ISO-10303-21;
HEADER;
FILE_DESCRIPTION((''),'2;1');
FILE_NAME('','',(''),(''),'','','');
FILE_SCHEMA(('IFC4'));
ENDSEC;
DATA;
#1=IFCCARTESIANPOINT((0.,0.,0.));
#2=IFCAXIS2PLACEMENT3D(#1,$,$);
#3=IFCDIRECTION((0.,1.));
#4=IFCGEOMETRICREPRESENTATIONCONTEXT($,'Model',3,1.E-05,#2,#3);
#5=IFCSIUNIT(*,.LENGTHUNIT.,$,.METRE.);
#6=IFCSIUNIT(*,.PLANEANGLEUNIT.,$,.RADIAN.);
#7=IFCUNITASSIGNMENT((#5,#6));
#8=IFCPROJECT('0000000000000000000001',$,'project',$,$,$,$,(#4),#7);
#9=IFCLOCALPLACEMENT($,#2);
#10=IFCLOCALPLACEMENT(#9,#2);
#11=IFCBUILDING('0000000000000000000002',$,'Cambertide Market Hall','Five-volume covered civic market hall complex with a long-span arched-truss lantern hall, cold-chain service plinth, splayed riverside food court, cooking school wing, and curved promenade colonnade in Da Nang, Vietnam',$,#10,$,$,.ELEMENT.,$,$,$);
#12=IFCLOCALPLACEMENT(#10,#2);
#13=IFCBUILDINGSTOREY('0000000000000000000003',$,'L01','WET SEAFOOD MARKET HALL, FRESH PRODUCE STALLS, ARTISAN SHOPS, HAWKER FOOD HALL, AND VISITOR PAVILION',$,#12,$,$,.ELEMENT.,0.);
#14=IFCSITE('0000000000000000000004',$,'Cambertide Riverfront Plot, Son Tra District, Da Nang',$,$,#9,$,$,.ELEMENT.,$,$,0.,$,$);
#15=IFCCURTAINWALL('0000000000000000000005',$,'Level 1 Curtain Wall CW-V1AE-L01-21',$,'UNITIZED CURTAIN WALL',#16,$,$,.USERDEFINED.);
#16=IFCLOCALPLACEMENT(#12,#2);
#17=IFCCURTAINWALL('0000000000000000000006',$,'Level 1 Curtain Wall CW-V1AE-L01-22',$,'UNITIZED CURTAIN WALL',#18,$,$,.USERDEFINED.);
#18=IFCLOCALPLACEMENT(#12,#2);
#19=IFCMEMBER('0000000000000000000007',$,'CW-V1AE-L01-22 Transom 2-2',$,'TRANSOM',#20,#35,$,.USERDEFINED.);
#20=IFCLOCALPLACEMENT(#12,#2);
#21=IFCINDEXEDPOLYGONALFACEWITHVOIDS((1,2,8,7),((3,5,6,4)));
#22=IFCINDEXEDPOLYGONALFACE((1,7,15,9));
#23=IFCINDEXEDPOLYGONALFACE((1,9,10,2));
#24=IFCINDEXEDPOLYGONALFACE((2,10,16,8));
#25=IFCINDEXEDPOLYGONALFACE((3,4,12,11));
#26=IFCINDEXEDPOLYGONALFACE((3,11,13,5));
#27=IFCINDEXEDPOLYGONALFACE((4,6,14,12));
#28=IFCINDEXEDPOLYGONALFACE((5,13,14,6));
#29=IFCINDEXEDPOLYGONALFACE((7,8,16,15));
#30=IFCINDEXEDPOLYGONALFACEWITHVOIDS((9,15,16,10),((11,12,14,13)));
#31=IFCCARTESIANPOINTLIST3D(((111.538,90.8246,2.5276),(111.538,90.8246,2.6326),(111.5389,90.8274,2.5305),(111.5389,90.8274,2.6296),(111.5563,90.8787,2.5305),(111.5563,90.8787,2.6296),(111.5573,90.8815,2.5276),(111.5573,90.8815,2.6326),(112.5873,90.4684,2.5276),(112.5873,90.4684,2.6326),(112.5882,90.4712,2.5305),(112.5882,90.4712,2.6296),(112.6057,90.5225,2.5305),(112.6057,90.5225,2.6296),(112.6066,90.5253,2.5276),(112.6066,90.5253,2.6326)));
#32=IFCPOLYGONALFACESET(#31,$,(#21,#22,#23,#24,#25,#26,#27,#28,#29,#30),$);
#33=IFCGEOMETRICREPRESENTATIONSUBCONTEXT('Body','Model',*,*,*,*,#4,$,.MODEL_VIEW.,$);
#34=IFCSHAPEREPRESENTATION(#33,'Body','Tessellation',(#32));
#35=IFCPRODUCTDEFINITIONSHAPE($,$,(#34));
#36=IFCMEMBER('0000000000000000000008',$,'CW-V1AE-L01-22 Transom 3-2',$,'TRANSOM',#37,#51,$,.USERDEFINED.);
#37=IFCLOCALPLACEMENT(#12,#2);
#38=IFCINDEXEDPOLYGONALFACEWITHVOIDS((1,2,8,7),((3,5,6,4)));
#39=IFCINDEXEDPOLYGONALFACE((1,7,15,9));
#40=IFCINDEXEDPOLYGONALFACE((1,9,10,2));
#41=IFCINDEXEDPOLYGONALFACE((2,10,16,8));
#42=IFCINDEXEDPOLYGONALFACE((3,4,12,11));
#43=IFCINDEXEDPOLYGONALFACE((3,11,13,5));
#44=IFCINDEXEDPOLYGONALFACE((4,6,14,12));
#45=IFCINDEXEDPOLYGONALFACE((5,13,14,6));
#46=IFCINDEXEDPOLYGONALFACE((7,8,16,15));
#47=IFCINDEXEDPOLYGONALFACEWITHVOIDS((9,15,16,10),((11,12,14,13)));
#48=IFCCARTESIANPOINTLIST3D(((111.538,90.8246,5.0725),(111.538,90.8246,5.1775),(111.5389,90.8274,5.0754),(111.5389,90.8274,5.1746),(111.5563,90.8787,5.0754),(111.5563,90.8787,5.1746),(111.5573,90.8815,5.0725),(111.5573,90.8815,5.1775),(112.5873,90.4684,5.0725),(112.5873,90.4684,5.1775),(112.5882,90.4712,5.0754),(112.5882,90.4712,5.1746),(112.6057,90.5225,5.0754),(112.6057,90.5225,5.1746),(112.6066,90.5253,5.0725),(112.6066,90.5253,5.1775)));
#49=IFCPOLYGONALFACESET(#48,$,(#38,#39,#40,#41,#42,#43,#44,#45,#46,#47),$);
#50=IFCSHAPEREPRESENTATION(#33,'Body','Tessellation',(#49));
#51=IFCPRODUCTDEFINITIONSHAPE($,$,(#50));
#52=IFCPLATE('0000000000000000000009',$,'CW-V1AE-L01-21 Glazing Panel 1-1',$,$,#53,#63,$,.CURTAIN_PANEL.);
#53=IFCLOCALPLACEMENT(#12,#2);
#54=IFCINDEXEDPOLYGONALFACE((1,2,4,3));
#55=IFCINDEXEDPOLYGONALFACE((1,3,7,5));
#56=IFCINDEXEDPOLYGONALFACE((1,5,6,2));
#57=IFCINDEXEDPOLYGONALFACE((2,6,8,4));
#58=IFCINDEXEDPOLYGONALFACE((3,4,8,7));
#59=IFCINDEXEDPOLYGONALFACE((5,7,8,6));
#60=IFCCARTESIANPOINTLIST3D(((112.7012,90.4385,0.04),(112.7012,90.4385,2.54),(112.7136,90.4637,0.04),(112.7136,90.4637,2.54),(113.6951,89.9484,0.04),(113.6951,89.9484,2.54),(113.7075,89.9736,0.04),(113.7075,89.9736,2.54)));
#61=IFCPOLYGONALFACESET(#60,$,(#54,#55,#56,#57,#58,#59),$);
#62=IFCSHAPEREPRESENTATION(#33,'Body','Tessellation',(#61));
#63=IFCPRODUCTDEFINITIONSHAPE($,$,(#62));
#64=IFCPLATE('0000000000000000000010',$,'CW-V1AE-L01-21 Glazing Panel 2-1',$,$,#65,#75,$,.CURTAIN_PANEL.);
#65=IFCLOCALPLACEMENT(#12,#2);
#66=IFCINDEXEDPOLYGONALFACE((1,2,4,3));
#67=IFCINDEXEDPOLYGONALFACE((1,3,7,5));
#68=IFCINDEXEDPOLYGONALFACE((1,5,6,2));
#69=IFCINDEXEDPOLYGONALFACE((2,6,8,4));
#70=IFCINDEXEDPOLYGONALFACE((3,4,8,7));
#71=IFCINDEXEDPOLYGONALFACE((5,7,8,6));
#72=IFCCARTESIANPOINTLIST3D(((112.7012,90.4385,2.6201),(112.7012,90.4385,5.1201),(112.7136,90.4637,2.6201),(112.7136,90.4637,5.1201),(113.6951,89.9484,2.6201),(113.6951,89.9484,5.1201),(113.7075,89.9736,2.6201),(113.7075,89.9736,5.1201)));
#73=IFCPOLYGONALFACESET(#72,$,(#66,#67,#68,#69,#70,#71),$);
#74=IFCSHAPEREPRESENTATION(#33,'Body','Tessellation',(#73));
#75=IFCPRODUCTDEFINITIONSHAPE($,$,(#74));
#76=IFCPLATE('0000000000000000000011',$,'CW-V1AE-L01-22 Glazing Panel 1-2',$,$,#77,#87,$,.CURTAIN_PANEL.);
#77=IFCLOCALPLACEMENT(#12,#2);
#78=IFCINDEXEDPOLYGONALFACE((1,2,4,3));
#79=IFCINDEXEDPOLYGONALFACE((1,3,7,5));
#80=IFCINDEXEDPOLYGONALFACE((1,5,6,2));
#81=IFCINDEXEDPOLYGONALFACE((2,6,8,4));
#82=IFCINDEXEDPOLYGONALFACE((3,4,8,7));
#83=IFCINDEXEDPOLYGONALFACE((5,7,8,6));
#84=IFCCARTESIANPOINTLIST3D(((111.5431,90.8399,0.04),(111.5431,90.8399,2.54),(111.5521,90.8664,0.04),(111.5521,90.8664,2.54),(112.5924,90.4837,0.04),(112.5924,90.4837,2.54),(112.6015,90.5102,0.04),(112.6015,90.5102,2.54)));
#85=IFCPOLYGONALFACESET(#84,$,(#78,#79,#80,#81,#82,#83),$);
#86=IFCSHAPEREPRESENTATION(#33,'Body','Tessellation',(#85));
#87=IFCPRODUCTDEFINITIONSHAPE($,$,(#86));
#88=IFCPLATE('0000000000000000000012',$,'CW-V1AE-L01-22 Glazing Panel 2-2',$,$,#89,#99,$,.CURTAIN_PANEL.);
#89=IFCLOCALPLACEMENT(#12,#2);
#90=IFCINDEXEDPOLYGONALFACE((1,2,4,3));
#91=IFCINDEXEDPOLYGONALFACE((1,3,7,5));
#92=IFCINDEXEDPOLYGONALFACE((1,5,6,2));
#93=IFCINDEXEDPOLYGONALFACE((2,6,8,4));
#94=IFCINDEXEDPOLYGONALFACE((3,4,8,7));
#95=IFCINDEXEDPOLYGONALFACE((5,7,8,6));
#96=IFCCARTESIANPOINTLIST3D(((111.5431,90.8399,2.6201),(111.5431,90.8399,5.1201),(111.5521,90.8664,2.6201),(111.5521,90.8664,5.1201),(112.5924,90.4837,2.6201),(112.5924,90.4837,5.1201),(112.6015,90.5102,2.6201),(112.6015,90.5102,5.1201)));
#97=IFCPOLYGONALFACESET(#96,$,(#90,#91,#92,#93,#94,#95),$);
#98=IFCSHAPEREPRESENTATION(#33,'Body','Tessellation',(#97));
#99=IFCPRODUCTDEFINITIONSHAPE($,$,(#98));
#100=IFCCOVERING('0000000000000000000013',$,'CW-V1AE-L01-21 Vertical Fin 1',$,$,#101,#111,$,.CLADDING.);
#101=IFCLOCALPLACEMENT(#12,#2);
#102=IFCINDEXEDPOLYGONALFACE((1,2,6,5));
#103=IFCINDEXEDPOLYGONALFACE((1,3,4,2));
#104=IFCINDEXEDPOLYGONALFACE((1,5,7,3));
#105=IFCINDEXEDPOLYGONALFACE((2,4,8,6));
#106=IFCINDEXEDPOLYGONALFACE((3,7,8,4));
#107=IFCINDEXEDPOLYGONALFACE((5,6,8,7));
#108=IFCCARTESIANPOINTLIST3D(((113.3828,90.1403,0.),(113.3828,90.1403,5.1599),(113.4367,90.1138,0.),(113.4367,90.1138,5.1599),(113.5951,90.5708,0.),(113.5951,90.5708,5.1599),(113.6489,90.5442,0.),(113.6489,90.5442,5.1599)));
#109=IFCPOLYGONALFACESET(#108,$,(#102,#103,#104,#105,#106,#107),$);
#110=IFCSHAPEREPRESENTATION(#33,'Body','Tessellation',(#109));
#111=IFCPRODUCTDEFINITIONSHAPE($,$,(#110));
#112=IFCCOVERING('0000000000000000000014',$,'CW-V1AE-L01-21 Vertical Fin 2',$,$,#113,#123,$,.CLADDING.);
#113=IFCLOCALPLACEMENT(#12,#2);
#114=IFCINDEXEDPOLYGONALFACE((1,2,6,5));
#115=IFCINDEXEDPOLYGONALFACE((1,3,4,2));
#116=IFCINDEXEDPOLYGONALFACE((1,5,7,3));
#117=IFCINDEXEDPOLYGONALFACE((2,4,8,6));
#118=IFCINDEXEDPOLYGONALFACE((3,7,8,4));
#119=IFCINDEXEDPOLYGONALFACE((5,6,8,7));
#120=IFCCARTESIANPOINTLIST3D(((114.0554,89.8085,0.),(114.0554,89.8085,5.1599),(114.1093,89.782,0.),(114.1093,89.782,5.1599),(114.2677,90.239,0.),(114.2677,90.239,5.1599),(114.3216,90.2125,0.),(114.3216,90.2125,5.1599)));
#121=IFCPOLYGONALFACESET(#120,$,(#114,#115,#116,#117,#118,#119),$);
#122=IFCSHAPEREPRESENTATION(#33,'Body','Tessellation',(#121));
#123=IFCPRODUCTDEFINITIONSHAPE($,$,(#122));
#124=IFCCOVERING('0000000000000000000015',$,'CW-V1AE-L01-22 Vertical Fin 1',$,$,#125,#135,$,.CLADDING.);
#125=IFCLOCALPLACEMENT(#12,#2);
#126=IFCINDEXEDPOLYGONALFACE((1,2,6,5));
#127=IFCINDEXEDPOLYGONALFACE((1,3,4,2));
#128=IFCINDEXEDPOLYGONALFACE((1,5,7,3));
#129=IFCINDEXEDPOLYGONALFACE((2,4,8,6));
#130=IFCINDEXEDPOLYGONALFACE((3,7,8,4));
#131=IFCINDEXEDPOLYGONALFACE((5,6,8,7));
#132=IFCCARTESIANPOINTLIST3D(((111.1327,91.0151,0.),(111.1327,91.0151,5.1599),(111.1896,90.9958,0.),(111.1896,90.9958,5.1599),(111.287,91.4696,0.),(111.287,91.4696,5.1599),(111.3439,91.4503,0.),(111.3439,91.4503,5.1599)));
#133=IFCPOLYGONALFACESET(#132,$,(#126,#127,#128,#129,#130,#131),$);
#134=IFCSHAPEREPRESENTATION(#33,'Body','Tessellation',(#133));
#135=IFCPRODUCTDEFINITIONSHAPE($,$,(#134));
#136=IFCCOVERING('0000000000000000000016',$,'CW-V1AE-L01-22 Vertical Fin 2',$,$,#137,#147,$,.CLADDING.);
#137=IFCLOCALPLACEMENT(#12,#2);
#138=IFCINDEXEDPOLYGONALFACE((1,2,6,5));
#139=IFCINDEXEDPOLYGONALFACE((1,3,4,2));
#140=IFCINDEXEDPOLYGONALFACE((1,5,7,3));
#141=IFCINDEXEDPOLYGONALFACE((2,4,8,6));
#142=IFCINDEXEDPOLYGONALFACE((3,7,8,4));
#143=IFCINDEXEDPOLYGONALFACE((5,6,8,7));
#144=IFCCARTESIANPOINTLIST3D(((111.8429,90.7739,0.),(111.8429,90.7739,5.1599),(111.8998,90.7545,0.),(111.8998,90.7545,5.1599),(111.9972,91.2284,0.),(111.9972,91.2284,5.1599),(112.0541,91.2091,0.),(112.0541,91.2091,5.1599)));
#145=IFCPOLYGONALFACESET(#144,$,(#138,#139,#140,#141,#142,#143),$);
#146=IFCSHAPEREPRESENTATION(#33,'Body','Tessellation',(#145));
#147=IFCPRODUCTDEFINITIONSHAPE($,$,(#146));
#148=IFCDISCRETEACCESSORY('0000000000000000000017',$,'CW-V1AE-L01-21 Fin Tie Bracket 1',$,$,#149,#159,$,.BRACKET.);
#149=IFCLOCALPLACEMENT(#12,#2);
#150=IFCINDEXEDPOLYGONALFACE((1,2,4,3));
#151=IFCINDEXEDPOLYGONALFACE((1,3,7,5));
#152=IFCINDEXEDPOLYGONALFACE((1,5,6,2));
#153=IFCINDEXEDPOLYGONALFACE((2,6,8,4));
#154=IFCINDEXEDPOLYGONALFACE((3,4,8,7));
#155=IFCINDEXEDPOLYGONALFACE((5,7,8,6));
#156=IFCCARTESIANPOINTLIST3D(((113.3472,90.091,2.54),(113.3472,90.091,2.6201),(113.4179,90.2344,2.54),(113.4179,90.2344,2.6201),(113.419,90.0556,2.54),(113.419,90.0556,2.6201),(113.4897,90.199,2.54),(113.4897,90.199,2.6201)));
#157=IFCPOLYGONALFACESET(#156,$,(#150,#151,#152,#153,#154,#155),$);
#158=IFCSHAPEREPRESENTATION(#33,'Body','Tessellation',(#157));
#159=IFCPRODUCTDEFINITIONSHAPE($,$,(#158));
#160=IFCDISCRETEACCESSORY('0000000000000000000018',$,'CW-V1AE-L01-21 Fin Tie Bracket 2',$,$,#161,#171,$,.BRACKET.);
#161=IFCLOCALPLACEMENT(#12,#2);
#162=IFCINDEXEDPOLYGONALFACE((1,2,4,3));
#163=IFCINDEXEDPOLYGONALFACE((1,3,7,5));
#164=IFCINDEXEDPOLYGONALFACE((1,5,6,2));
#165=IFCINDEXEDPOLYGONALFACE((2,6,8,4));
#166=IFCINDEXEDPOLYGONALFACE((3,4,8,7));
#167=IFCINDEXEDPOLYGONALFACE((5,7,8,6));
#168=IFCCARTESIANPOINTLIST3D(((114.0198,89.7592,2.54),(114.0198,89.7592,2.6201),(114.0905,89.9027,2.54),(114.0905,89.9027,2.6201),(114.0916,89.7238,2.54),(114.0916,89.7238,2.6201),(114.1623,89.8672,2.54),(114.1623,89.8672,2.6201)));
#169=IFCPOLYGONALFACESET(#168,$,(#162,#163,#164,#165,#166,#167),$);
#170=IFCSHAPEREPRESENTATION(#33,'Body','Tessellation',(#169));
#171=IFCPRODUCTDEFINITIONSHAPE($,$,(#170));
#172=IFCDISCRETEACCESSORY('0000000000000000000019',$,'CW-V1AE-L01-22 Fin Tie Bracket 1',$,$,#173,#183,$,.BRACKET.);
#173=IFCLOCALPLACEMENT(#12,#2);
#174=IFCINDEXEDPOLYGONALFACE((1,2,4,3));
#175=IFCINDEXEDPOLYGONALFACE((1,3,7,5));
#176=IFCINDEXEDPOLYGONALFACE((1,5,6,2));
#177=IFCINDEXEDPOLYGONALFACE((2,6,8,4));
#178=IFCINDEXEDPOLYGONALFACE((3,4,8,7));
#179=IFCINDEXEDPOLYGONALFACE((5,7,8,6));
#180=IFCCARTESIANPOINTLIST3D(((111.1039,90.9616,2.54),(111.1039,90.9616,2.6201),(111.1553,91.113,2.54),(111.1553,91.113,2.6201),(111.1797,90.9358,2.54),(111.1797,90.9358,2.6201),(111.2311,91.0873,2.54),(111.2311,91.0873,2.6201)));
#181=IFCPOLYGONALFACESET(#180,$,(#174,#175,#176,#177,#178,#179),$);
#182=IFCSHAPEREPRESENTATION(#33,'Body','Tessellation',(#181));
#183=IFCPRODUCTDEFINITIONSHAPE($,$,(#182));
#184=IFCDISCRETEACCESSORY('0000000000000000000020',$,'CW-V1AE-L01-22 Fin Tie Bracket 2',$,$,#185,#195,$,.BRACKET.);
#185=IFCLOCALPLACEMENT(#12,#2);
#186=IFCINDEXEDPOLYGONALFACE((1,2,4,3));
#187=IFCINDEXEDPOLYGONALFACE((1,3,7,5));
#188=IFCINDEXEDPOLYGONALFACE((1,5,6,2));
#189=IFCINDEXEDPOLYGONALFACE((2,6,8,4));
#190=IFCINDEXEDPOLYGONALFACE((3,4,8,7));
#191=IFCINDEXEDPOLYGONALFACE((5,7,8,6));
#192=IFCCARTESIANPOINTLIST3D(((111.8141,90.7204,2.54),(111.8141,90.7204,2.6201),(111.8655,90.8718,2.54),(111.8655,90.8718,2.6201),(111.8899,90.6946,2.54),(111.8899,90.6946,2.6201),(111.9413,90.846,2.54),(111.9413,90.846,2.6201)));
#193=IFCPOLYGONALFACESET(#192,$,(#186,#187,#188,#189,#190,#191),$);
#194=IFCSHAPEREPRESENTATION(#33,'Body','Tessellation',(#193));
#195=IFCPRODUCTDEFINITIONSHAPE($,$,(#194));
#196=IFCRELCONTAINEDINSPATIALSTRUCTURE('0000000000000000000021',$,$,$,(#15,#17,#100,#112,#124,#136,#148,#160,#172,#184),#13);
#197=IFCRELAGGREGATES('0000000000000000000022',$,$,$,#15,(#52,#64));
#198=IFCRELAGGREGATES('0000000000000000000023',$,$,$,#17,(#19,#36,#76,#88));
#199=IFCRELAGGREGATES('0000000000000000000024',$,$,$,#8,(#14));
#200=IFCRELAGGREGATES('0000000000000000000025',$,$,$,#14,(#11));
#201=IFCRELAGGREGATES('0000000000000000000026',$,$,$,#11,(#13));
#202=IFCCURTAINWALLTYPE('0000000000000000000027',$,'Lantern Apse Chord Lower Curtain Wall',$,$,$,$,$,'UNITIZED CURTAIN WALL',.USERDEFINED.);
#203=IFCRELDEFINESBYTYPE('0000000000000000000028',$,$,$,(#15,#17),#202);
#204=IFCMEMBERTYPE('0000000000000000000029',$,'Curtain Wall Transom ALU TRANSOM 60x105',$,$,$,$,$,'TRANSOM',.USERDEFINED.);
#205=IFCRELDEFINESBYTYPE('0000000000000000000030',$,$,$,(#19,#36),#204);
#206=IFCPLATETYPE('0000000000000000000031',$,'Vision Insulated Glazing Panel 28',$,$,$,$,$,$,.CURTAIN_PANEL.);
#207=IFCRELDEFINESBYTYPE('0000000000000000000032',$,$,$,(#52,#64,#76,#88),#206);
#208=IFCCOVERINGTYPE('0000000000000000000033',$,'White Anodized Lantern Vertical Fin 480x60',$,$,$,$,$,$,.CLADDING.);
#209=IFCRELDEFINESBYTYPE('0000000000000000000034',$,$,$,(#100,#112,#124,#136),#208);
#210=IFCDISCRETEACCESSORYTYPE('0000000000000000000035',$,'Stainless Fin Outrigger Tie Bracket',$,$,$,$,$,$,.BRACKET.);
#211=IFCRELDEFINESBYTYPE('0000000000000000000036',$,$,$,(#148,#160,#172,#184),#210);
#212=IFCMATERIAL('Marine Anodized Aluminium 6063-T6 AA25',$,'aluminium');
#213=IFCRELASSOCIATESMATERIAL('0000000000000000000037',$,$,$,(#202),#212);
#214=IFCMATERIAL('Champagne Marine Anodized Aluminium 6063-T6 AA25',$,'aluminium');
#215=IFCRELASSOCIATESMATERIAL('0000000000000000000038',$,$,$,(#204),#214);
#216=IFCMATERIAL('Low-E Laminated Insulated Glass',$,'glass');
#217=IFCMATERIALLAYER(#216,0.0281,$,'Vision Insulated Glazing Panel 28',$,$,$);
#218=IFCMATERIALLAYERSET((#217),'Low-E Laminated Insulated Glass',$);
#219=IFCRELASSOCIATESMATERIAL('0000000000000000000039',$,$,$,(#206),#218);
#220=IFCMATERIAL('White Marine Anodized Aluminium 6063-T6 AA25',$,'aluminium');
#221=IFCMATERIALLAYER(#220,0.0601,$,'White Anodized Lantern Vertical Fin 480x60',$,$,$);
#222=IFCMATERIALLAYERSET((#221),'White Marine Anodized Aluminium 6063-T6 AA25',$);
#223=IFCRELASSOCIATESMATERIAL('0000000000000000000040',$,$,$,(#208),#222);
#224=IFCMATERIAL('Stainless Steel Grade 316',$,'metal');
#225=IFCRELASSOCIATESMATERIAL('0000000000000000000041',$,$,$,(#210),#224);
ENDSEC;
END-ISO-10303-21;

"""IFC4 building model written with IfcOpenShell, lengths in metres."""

from ifc_helpers import new_model, si_unit, direction, frame, origin, origin_2d, place, context, subcontext, project, spatial, rectangle, hollow_rectangle, extrude, material, layer, layer_set, material_profile, profile_set, type_object, element, aggregate, save


model = new_model("IFC4")

# Units and contexts
model_context = context("Model", 3, precision=1e-05, world=origin(), true_north=direction((0.0, 1.0)))
body_context = subcontext(model_context, "Body", "Model", "MODEL_VIEW")
ifc_project = project(units=[si_unit("LENGTHUNIT", "METRE"), si_unit("PLANEANGLEUNIT", "RADIAN")], contexts=[model_context])

# Site, building, storey
site_placement = place(None, origin())
site = spatial("IfcSite", under=ifc_project, at=site_placement, Name="Cambertide Riverfront Plot, Son Tra District, Da Nang", CompositionType="ELEMENT", RefElevation=0.0)
building_placement = place(site_placement, origin())
building = spatial("IfcBuilding", under=site, at=building_placement, Name="Cambertide Market Hall", Description="Five-volume covered civic market hall complex with a long-span arched-truss lantern hall, cold-chain service plinth, splayed riverside food court, cooking school wing, and curved promenade colonnade in Da Nang, Vietnam", CompositionType="ELEMENT")
storey_placement = place(building_placement, origin())
storey = spatial("IfcBuildingStorey", under=building, at=storey_placement, Name="L01", Description="WET SEAFOOD MARKET HALL, FRESH PRODUCE STALLS, ARTISAN SHOPS, HAWKER FOOD HALL, AND VISITOR PAVILION", CompositionType="ELEMENT", Elevation=0.0)

# Curtain walls
ifc_material_1 = material(Name="Marine Anodized Aluminium 6063-T6 AA25", Category="aluminium")
curtain_wall_type = type_object("IfcCurtainWallType", Name="Lantern Apse Chord Lower Curtain Wall", ElementType="UNITIZED CURTAIN WALL", PredefinedType="USERDEFINED", material=ifc_material_1)
curtain_wall_1_placement = place(storey_placement, origin())
curtain_wall_1 = element("IfcCurtainWall", 1, at=curtain_wall_1_placement, inside=storey, type_object=curtain_wall_type, Name="Level 1 Curtain Wall CW-V1AE-L01-21", ObjectType="UNITIZED CURTAIN WALL", PredefinedType="USERDEFINED")
curtain_wall_2_placement = place(storey_placement, origin())
curtain_wall_2 = element("IfcCurtainWall", 2, at=curtain_wall_2_placement, inside=storey, type_object=curtain_wall_type, Name="Level 1 Curtain Wall CW-V1AE-L01-22", ObjectType="UNITIZED CURTAIN WALL", PredefinedType="USERDEFINED")

# Members
ifc_material_2 = material(Name="Champagne Marine Anodized Aluminium 6063-T6 AA25", Category="aluminium")
ifc_material_profile_1 = material_profile(ifc_material_2, hollow_rectangle(XDim=0.0601, YDim=0.105, WallThickness=0.0029, at=origin_2d()), Name="ALU TRANSOM 60x105")
ifc_profile_set_1 = profile_set([ifc_material_profile_1], Name="Champagne Marine Anodized Aluminium 6063-T6 AA25")
member_type_1 = type_object("IfcMemberType", Name="Curtain Wall Transom ALU TRANSOM 60x105", ElementType="TRANSOM", PredefinedType="USERDEFINED", material=ifc_profile_set_1)
member_1_placement = place(storey_placement, frame((111.5476, 90.853, 2.5801), z_axis=(0.946928, -0.321445, 0.0), x_axis=(0.321445, 0.946928, 0.0)))
member_1 = element("IfcMember", 3, at=member_1_placement, type_object=member_type_1, Name="CW-V1AE-L01-22 Transom 2-2", ObjectType="TRANSOM", PredefinedType="USERDEFINED", context=body_context, shape_type="SweptSolid", body=[
    extrude(hollow_rectangle(XDim=0.0601, YDim=0.105, WallThickness=0.0029, at=origin_2d()), origin(), (0.0, 0.0, 1.0), 1.1082),
])
member_2_placement = place(storey_placement, frame((111.5476, 90.853, 5.125), z_axis=(0.946928, -0.321445, 0.0), x_axis=(0.321445, 0.946928, 0.0)))
member_2 = element("IfcMember", 4, at=member_2_placement, type_object=member_type_1, Name="CW-V1AE-L01-22 Transom 3-2", ObjectType="TRANSOM", PredefinedType="USERDEFINED", context=body_context, shape_type="SweptSolid", body=[
    extrude(hollow_rectangle(XDim=0.0601, YDim=0.105, WallThickness=0.0029, at=origin_2d()), origin(), (0.0, 0.0, 1.0), 1.1082),
])

# Plates
ifc_material_3 = material(Name="Low-E Laminated Insulated Glass", Category="glass")
ifc_layer_1 = layer(ifc_material_3, 0.0281, Name="Vision Insulated Glazing Panel 28")
ifc_layer_set_1 = layer_set([ifc_layer_1], Name="Low-E Laminated Insulated Glass")
plate_type = type_object("IfcPlateType", Name="Vision Insulated Glazing Panel 28", PredefinedType="CURTAIN_PANEL", material=ifc_layer_set_1)
plate_1_placement = place(storey_placement, frame((113.2043, 90.2061, 0.04), z_axis=(0.0, 0.0, 1.0), x_axis=(0.896873, -0.442289, 0.0)))
plate_1 = element("IfcPlate", 5, at=plate_1_placement, type_object=plate_type, Name="CW-V1AE-L01-21 Glazing Panel 1-1", PredefinedType="CURTAIN_PANEL", context=body_context, shape_type="SweptSolid", body=[
    extrude(rectangle(XDim=1.1082, YDim=0.0281, at=origin_2d()), origin(), (0.0, 0.0, 1.0), 2.5),
])
plate_2_placement = place(storey_placement, frame((113.2043, 90.2061, 2.6201), z_axis=(0.0, 0.0, 1.0), x_axis=(0.896873, -0.442289, 0.0)))
plate_2 = element("IfcPlate", 6, at=plate_2_placement, type_object=plate_type, Name="CW-V1AE-L01-21 Glazing Panel 2-1", PredefinedType="CURTAIN_PANEL", context=body_context, shape_type="SweptSolid", body=[
    extrude(rectangle(XDim=1.1082, YDim=0.0281, at=origin_2d()), origin(), (0.0, 0.0, 1.0), 2.5),
])
aggregate(curtain_wall_1, [plate_1, plate_2])
plate_3_placement = place(storey_placement, frame((112.0723, 90.675, 0.04), z_axis=(0.0, 0.0, 1.0), x_axis=(0.94693, -0.321439, 0.0)))
plate_3 = element("IfcPlate", 7, at=plate_3_placement, type_object=plate_type, Name="CW-V1AE-L01-22 Glazing Panel 1-2", PredefinedType="CURTAIN_PANEL", context=body_context, shape_type="SweptSolid", body=[
    extrude(rectangle(XDim=1.1082, YDim=0.0281, at=origin_2d()), origin(), (0.0, 0.0, 1.0), 2.5),
])
plate_4_placement = place(storey_placement, frame((112.0723, 90.675, 2.6201), z_axis=(0.0, 0.0, 1.0), x_axis=(0.94693, -0.321439, 0.0)))
plate_4 = element("IfcPlate", 8, at=plate_4_placement, type_object=plate_type, Name="CW-V1AE-L01-22 Glazing Panel 2-2", PredefinedType="CURTAIN_PANEL", context=body_context, shape_type="SweptSolid", body=[
    extrude(rectangle(XDim=1.1082, YDim=0.0281, at=origin_2d()), origin(), (0.0, 0.0, 1.0), 2.5),
])
aggregate(curtain_wall_2, [member_1, member_2, plate_3, plate_4])

# Coverings
ifc_material_4 = material(Name="White Marine Anodized Aluminium 6063-T6 AA25", Category="aluminium")
ifc_layer_2 = layer(ifc_material_4, 0.0601, Name="White Anodized Lantern Vertical Fin 480x60")
ifc_layer_set_2 = layer_set([ifc_layer_2], Name="White Marine Anodized Aluminium 6063-T6 AA25")
covering_type = type_object("IfcCoveringType", Name="White Anodized Lantern Vertical Fin 480x60", PredefinedType="CLADDING", material=ifc_layer_set_2)
for number, where, z_axis, x_axis, name in (
    (9, (113.5159, 90.3423, 0.0), (0.0, 0.0, 1.0), (0.896873, -0.442289, 0.0), "CW-V1AE-L01-21 Vertical Fin 1"),
    (10, (114.1885, 90.0105, 0.0), (0.0, 0.0, 1.0), (0.896873, -0.442289, 0.0), "CW-V1AE-L01-21 Vertical Fin 2"),
    (11, (111.2383, 91.2327, 0.0), (0.0, 0.0, 1.0), (0.94693, -0.321439, 0.0), "CW-V1AE-L01-22 Vertical Fin 1"),
    (12, (111.9485, 90.9915, 0.0), (0.0, 0.0, 1.0), (0.94693, -0.321439, 0.0), "CW-V1AE-L01-22 Vertical Fin 2"),
):
    element("IfcCovering", number, at=place(storey_placement, frame(where, z_axis=z_axis, x_axis=x_axis)), inside=storey, type_object=covering_type, Name=name, PredefinedType="CLADDING", context=body_context, shape_type="SweptSolid", body=[
        extrude(rectangle(XDim=0.0601, YDim=0.48, at=origin_2d()), origin(), (0.0, 0.0, 1.0), 5.1599),
    ])

# Discrete accessories
ifc_material_5 = material(Name="Stainless Steel Grade 316", Category="metal")
discrete_accessory_type = type_object("IfcDiscreteAccessoryType", Name="Stainless Fin Outrigger Tie Bracket", PredefinedType="BRACKET", material=ifc_material_5)
for number, where, z_axis, x_axis, name in (
    (13, (113.4185, 90.145, 2.54), (0.0, 0.0, 1.0), (0.896873, -0.442289, 0.0), "CW-V1AE-L01-21 Fin Tie Bracket 1"),
    (14, (114.0911, 89.8132, 2.54), (0.0, 0.0, 1.0), (0.896873, -0.442289, 0.0), "CW-V1AE-L01-21 Fin Tie Bracket 2"),
    (15, (111.1675, 91.0244, 2.54), (0.0, 0.0, 1.0), (0.94693, -0.321439, 0.0), "CW-V1AE-L01-22 Fin Tie Bracket 1"),
    (16, (111.8777, 90.7832, 2.54), (0.0, 0.0, 1.0), (0.94693, -0.321439, 0.0), "CW-V1AE-L01-22 Fin Tie Bracket 2"),
):
    element("IfcDiscreteAccessory", number, at=place(storey_placement, frame(where, z_axis=z_axis, x_axis=x_axis)), inside=storey, type_object=discrete_accessory_type, Name=name, PredefinedType="BRACKET", context=body_context, shape_type="SweptSolid", body=[
        extrude(rectangle(XDim=0.0801, YDim=0.1599, at=origin_2d()), origin(), (0.0, 0.0, 1.0), 0.0801),
    ])

save(model, "model.ifc")
